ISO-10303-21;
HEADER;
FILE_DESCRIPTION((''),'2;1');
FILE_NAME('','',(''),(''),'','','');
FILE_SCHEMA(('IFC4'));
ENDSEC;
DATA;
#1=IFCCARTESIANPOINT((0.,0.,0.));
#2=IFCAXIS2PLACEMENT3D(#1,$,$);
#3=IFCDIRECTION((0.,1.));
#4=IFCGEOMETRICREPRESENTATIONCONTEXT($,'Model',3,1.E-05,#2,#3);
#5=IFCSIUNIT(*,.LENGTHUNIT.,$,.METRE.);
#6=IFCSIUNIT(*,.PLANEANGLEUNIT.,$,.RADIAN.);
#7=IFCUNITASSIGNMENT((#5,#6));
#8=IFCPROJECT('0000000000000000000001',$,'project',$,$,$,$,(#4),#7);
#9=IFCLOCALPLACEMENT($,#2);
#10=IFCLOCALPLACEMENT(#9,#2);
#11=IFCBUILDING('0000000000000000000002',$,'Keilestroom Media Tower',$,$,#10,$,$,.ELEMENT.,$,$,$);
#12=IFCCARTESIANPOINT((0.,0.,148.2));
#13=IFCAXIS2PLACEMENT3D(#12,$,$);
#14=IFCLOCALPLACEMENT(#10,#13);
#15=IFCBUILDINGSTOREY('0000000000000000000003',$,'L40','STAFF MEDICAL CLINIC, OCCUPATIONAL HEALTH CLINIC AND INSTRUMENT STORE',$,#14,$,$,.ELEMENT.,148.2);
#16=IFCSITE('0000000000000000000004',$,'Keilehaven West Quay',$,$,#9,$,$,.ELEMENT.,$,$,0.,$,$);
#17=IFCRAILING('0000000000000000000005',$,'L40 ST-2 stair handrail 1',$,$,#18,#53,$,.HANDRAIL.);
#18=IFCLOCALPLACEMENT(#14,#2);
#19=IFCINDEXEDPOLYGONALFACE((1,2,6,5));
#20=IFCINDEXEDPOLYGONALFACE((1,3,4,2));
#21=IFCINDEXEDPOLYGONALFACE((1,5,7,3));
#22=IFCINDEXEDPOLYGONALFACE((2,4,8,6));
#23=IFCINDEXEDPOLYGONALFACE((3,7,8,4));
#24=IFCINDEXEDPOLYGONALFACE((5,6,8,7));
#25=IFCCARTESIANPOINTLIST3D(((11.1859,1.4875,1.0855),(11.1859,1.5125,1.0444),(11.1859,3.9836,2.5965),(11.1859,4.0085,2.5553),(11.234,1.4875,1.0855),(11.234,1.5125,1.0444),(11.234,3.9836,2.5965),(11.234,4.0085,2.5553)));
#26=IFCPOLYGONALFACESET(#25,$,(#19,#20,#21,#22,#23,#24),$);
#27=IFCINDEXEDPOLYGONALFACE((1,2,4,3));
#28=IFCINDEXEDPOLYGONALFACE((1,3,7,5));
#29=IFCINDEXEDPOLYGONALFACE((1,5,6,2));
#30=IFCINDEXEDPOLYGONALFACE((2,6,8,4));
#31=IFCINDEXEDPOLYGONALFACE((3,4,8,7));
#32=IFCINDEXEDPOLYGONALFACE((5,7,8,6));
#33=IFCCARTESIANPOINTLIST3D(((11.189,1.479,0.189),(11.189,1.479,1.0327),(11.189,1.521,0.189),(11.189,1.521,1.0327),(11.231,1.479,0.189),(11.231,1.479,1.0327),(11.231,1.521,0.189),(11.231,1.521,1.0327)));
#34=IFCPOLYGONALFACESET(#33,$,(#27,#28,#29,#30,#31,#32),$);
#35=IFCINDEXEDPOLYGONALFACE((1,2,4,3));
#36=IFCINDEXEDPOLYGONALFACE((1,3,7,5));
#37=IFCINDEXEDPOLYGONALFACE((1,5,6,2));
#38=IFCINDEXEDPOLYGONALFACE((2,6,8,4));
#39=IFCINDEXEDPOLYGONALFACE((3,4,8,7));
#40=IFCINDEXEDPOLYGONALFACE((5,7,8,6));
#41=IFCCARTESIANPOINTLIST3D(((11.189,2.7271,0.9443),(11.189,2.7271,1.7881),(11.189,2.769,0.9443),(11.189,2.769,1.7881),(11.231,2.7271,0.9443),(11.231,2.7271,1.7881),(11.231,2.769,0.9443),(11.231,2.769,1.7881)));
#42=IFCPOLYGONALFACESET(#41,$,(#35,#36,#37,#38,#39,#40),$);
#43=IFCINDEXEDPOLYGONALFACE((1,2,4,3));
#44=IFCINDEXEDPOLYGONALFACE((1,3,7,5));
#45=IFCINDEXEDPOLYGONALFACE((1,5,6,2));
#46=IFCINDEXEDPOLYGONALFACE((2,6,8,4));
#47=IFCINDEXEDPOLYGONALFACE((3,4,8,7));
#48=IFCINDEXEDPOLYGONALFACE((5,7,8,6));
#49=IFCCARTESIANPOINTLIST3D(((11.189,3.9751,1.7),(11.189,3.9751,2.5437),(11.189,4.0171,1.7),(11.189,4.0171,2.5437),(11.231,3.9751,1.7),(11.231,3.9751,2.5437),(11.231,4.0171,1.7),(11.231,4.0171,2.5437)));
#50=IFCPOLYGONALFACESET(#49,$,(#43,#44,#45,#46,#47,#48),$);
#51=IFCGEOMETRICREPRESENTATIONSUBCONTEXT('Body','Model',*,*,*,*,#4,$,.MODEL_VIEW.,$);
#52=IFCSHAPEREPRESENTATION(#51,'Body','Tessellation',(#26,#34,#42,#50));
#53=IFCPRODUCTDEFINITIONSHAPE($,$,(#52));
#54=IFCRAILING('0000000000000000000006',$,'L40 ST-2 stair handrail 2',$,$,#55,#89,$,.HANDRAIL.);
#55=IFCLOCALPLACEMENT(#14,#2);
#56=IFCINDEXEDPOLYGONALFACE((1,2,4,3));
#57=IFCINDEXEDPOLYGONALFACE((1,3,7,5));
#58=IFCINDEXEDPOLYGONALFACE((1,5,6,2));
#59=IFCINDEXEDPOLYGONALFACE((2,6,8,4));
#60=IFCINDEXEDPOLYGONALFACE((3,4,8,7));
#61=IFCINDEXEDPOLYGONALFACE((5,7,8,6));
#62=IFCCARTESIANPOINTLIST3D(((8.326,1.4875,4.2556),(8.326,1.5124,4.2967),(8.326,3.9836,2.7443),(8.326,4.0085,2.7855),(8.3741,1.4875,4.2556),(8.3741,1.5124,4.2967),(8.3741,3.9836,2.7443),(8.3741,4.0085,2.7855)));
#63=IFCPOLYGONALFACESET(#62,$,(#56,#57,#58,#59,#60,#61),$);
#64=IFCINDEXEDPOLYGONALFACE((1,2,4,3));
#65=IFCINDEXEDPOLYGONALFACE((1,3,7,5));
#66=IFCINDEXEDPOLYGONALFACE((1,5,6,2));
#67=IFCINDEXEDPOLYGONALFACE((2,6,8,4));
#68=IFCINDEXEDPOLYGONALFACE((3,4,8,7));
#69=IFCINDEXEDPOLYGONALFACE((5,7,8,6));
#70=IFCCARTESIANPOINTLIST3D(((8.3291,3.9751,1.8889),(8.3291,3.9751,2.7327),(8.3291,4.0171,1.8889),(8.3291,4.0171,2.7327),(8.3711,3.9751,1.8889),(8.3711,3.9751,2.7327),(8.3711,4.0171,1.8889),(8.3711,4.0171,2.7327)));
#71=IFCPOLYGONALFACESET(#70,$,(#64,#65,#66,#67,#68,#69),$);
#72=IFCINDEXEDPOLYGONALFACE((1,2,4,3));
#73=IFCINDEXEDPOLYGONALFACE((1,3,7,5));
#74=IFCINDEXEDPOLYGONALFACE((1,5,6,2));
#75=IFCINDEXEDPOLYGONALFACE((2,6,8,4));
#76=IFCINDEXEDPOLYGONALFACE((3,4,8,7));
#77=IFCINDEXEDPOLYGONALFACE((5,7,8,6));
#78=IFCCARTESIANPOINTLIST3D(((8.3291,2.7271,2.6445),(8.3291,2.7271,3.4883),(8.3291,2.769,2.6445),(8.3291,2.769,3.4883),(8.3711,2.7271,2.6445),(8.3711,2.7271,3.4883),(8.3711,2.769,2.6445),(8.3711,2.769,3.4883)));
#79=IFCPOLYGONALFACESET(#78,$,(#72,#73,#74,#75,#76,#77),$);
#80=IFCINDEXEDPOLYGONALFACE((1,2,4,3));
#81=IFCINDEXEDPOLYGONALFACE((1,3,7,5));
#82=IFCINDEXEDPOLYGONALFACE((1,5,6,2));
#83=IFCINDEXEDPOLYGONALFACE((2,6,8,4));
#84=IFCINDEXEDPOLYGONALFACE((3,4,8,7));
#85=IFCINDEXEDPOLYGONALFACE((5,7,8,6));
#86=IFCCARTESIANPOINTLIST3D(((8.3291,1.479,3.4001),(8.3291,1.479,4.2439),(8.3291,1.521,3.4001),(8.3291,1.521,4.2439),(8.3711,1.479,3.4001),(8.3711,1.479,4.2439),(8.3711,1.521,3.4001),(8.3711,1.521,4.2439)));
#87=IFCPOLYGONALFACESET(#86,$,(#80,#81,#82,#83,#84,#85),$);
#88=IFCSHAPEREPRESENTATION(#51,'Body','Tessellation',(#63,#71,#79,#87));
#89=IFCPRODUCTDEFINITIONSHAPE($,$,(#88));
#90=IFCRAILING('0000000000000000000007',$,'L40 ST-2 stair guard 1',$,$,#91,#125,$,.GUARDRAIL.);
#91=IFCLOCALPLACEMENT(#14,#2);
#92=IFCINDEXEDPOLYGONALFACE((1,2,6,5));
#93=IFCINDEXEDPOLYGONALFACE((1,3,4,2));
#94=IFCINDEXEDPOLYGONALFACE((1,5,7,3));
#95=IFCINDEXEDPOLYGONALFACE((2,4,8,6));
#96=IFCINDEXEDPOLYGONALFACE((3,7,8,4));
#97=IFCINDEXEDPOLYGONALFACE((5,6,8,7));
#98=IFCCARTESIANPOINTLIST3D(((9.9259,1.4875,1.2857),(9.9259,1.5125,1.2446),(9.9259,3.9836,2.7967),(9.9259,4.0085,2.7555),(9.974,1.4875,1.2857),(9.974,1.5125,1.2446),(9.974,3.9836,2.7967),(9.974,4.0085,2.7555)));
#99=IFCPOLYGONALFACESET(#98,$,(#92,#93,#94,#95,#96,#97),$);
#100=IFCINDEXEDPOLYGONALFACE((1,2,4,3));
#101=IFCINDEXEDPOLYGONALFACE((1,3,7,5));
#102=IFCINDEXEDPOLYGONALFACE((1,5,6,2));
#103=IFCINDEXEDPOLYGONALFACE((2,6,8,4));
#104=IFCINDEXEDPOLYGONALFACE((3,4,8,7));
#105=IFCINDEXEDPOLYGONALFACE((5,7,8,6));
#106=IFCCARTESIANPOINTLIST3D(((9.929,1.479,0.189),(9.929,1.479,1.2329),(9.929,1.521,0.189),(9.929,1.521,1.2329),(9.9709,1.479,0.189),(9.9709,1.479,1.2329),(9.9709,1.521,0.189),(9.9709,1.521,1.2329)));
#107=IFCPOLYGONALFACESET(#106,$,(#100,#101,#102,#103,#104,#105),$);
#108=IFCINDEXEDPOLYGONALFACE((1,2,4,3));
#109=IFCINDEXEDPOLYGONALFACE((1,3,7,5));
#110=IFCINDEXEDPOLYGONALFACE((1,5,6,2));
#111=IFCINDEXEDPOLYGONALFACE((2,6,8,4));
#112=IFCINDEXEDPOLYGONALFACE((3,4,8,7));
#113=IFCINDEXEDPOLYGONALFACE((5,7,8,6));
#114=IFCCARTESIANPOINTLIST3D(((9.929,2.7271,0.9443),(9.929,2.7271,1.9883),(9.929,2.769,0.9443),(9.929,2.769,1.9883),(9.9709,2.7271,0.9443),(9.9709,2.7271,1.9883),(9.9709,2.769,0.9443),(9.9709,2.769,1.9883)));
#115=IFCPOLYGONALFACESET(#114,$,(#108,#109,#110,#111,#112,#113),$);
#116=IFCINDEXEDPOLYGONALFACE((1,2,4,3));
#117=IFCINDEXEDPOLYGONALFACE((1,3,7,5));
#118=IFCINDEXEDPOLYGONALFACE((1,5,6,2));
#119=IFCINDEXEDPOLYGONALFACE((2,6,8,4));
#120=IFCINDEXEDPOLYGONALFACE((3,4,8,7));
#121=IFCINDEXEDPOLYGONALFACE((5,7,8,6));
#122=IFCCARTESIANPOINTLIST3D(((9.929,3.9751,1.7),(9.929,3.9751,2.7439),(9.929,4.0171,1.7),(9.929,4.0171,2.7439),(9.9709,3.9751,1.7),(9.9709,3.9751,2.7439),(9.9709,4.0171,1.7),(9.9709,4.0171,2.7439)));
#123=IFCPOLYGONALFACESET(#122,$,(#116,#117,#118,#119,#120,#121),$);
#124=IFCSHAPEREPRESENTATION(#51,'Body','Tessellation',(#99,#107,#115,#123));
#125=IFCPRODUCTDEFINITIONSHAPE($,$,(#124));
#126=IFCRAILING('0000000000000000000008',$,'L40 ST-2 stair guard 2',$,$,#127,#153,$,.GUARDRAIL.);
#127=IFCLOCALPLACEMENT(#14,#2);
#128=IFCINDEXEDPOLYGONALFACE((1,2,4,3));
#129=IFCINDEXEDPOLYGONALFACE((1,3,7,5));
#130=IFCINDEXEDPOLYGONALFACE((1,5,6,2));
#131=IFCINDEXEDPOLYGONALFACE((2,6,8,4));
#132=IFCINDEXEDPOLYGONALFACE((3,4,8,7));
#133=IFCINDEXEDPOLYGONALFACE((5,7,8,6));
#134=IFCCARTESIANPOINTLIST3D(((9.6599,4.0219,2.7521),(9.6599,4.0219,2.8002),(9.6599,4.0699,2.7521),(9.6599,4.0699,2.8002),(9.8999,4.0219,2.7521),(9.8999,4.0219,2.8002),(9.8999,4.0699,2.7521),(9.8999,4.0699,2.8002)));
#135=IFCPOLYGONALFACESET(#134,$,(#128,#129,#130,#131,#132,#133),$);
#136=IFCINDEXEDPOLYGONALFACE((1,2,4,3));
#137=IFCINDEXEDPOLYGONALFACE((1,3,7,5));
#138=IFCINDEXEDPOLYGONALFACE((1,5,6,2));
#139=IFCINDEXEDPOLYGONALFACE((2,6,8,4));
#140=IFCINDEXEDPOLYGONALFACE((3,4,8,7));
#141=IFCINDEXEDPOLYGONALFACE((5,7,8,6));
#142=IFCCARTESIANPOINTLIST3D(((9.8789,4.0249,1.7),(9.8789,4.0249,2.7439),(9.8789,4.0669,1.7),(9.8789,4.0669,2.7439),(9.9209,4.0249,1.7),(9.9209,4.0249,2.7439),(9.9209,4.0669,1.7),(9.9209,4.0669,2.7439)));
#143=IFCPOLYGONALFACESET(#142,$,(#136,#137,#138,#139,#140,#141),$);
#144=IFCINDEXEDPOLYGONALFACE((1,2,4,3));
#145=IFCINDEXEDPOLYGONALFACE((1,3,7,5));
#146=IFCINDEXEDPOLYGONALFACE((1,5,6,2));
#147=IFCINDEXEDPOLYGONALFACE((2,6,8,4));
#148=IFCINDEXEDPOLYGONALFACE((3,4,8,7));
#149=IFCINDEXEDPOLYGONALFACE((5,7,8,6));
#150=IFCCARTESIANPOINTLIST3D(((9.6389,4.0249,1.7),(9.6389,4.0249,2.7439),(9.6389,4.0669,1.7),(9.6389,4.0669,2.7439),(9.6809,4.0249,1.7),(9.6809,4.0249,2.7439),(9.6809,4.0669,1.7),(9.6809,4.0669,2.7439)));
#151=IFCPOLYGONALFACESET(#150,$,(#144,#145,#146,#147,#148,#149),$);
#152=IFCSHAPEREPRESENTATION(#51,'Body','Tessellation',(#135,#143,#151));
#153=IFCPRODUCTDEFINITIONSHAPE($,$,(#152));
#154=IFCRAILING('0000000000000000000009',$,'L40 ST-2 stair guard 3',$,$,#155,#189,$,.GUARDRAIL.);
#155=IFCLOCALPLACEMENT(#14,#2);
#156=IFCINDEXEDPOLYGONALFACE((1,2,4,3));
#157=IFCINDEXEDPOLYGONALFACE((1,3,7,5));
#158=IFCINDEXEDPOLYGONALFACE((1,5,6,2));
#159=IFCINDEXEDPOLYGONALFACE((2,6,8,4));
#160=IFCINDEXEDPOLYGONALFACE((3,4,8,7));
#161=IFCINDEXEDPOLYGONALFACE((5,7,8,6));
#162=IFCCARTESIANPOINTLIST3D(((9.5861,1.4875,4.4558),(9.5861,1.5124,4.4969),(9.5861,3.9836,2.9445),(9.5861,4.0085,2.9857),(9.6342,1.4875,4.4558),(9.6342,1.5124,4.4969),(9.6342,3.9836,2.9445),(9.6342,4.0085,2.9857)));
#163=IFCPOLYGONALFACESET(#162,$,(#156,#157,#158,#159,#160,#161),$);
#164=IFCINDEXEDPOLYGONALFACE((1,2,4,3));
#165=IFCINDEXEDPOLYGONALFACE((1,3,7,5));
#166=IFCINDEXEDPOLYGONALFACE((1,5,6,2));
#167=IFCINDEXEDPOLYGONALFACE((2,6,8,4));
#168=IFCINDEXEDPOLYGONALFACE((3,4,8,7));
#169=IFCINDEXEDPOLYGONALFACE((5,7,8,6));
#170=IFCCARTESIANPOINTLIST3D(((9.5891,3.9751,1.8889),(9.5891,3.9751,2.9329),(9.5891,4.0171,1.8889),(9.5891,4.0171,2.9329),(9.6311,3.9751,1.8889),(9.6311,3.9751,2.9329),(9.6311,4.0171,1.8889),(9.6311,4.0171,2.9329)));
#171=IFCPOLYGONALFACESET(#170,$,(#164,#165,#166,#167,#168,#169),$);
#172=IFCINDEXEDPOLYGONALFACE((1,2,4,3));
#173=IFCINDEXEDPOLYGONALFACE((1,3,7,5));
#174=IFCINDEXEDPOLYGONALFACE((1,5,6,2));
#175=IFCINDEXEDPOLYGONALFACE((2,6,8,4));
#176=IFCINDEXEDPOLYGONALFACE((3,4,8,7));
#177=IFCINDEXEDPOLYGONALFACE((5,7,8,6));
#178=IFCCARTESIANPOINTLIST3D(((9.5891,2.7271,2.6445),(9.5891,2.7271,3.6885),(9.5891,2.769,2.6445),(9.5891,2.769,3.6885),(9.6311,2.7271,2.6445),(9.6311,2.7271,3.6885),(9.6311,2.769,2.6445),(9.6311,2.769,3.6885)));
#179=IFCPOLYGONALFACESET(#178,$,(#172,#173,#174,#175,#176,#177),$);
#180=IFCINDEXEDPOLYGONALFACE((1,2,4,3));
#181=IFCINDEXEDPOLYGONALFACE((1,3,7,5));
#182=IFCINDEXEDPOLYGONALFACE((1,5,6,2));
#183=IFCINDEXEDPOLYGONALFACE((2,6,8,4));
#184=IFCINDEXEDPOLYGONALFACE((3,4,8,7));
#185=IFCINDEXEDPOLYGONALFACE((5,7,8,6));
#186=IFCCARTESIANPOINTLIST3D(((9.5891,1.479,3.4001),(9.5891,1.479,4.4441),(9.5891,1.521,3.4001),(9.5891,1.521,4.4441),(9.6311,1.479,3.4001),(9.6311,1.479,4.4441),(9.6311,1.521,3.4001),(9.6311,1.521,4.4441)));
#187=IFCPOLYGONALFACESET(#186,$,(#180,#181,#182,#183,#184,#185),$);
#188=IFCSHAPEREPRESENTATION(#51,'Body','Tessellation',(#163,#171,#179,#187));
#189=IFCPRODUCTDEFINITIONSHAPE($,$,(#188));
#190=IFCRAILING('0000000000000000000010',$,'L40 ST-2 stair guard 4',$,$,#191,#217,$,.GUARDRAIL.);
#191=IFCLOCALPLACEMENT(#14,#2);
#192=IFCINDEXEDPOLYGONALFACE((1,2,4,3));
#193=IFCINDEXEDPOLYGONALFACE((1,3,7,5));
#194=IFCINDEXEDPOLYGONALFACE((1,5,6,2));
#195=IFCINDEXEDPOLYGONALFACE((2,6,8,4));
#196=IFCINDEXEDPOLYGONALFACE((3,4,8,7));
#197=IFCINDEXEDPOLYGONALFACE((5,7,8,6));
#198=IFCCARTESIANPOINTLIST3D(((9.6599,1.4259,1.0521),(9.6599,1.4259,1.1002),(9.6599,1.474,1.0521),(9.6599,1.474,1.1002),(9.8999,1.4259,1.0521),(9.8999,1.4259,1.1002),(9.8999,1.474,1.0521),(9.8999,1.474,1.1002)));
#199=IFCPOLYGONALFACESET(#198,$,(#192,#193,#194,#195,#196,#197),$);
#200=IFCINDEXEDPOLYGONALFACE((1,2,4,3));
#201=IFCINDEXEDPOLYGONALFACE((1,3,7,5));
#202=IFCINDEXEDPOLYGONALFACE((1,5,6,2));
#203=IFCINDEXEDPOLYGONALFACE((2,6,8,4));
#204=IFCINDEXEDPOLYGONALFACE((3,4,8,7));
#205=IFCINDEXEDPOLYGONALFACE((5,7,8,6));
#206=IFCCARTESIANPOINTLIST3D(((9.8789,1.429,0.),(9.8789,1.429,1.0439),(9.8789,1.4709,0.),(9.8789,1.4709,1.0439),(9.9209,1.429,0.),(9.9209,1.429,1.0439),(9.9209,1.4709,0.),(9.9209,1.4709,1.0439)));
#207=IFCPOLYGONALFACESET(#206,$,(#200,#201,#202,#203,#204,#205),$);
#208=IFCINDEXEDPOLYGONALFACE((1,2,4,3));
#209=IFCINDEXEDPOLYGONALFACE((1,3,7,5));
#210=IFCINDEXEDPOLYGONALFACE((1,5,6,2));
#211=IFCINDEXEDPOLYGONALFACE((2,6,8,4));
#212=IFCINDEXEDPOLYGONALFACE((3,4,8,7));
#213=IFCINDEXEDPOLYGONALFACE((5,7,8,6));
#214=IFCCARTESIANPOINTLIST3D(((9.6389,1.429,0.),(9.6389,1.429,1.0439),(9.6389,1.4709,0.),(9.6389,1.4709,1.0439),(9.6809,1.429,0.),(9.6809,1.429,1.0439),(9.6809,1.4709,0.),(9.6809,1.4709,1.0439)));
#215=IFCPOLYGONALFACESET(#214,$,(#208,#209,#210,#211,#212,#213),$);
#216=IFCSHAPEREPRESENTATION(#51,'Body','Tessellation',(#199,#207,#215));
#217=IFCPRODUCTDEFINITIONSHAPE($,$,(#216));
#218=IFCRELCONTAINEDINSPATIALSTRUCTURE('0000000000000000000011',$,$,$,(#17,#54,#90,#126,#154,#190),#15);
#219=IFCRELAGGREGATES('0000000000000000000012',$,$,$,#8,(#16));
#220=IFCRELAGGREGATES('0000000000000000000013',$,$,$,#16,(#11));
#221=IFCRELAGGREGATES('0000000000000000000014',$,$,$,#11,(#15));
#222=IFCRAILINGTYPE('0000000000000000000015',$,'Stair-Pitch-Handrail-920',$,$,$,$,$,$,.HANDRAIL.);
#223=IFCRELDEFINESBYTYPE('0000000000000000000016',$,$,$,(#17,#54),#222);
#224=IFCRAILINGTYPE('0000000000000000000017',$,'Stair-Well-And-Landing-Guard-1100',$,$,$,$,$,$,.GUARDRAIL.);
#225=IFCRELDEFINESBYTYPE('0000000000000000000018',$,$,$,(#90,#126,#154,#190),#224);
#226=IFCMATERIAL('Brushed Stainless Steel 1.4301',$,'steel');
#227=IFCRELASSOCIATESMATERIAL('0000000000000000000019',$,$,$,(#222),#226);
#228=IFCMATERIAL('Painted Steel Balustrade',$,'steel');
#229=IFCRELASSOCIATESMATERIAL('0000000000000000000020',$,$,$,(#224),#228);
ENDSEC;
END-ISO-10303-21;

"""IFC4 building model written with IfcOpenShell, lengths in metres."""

from ifc_helpers import new_model, si_unit, direction, frame, origin, origin_2d, place, context, subcontext, project, spatial, rectangle, extrude, material, type_object, element, save


model = new_model("IFC4")

# Units and contexts
model_context = context("Model", 3, precision=1e-05, world=origin(), true_north=direction((0.0, 1.0)))
body_context = subcontext(model_context, "Body", "Model", "MODEL_VIEW")
ifc_project = project(units=[si_unit("LENGTHUNIT", "METRE"), si_unit("PLANEANGLEUNIT", "RADIAN")], contexts=[model_context])

# Site, building, storey
site_placement = place(None, origin())
site = spatial("IfcSite", under=ifc_project, at=site_placement, Name="Keilehaven West Quay", CompositionType="ELEMENT", RefElevation=0.0)
building_placement = place(site_placement, origin())
building = spatial("IfcBuilding", under=site, at=building_placement, Name="Keilestroom Media Tower", CompositionType="ELEMENT")
storey_placement = place(building_placement, frame((0.0, 0.0, 148.2)))
storey = spatial("IfcBuildingStorey", under=building, at=storey_placement, Name="L40", Description="STAFF MEDICAL CLINIC, OCCUPATIONAL HEALTH CLINIC AND INSTRUMENT STORE", CompositionType="ELEMENT", Elevation=148.2)

# Railings
ifc_material_1 = material(Name="Brushed Stainless Steel 1.4301", Category="steel")
railing_type_1 = type_object("IfcRailingType", Name="Stair-Pitch-Handrail-920", PredefinedType="HANDRAIL", material=ifc_material_1)
railing_1_placement = place(storey_placement, frame((11.21, 1.5, 0.189)))
element("IfcRailing", 1, at=railing_1_placement, inside=storey, type_object=railing_type_1, Name="L40 ST-2 stair handrail 1", PredefinedType="HANDRAIL", context=body_context, shape_type="SweptSolid", body=[
    extrude(rectangle(XDim=0.0481, YDim=0.0481, at=origin_2d()), frame((0.0, 0.0, 0.876), z_axis=(0.0, 0.855471, 0.517851), x_axis=(-1.0, 0.0, 0.0)), (0.0, 0.0, 1.0), 2.9177),
    extrude(rectangle(XDim=0.042, YDim=0.042, at=origin_2d()), origin(), (0.0, 0.0, 1.0), 0.8438),
    extrude(rectangle(XDim=0.042, YDim=0.042, at=origin_2d()), frame((0.0, 1.248, 0.7554)), (0.0, 0.0, 1.0), 0.8438),
    extrude(rectangle(XDim=0.042, YDim=0.042, at=origin_2d()), frame((0.0, 2.4961, 1.511)), (0.0, 0.0, 1.0), 0.8438),
])
railing_2_placement = place(storey_placement, frame((8.3501, 3.9961, 1.8889)))
element("IfcRailing", 2, at=railing_2_placement, inside=storey, type_object=railing_type_1, Name="L40 ST-2 stair handrail 2", PredefinedType="HANDRAIL", context=body_context, shape_type="SweptSolid", body=[
    extrude(rectangle(XDim=0.0481, YDim=0.0481, at=origin_2d()), frame((0.0, 0.0, 0.876), z_axis=(0.0, -0.855434, 0.517912), x_axis=(1.0, 0.0, 0.0)), (0.0, 0.0, 1.0), 2.918),
    extrude(rectangle(XDim=0.042, YDim=0.042, at=origin_2d()), origin(), (0.0, 0.0, 1.0), 0.8438),
    extrude(rectangle(XDim=0.042, YDim=0.042, at=origin_2d()), frame((0.0, -1.248, 0.7556)), (0.0, 0.0, 1.0), 0.8438),
    extrude(rectangle(XDim=0.042, YDim=0.042, at=origin_2d()), frame((0.0, -2.4961, 1.5112)), (0.0, 0.0, 1.0), 0.8438),
])
ifc_material_2 = material(Name="Painted Steel Balustrade", Category="steel")
railing_type_2 = type_object("IfcRailingType", Name="Stair-Well-And-Landing-Guard-1100", PredefinedType="GUARDRAIL", material=ifc_material_2)
railing_3_placement = place(storey_placement, frame((9.95, 1.5, 0.189)))
element("IfcRailing", 3, at=railing_3_placement, inside=storey, type_object=railing_type_2, Name="L40 ST-2 stair guard 1", PredefinedType="GUARDRAIL", context=body_context, shape_type="SweptSolid", body=[
    extrude(rectangle(XDim=0.0481, YDim=0.0481, at=origin_2d()), frame((0.0, 0.0, 1.0762), z_axis=(0.0, 0.855471, 0.517851), x_axis=(-1.0, 0.0, 0.0)), (0.0, 0.0, 1.0), 2.9177),
    extrude(rectangle(XDim=0.042, YDim=0.042, at=origin_2d()), origin(), (0.0, 0.0, 1.0), 1.0439),
    extrude(rectangle(XDim=0.042, YDim=0.042, at=origin_2d()), frame((0.0, 1.248, 0.7554)), (0.0, 0.0, 1.0), 1.0439),
    extrude(rectangle(XDim=0.042, YDim=0.042, at=origin_2d()), frame((0.0, 2.4961, 1.511)), (0.0, 0.0, 1.0), 1.0439),
])
railing_4_placement = place(storey_placement, frame((9.8999, 4.0459, 1.7)))
element("IfcRailing", 4, at=railing_4_placement, inside=storey, type_object=railing_type_2, Name="L40 ST-2 stair guard 2", PredefinedType="GUARDRAIL", context=body_context, shape_type="SweptSolid", body=[
    extrude(rectangle(XDim=0.0481, YDim=0.0481, at=origin_2d()), frame((0.0, 0.0, 1.0762), z_axis=(-1.0, 0.0, 0.0), x_axis=(0.0, -1.0, 0.0)), (0.0, 0.0, 1.0), 0.24),
    extrude(rectangle(XDim=0.042, YDim=0.042, at=origin_2d()), origin(), (0.0, 0.0, 1.0), 1.0439),
    extrude(rectangle(XDim=0.042, YDim=0.042, at=origin_2d()), frame((-0.24, 0.0, 0.0)), (0.0, 0.0, 1.0), 1.0439),
])
railing_5_placement = place(storey_placement, frame((9.6101, 3.9961, 1.8889)))
element("IfcRailing", 5, at=railing_5_placement, inside=storey, type_object=railing_type_2, Name="L40 ST-2 stair guard 3", PredefinedType="GUARDRAIL", context=body_context, shape_type="SweptSolid", body=[
    extrude(rectangle(XDim=0.0481, YDim=0.0481, at=origin_2d()), frame((0.0, 0.0, 1.0762), z_axis=(0.0, -0.855434, 0.517912), x_axis=(1.0, 0.0, 0.0)), (0.0, 0.0, 1.0), 2.918),
    extrude(rectangle(XDim=0.042, YDim=0.042, at=origin_2d()), origin(), (0.0, 0.0, 1.0), 1.0439),
    extrude(rectangle(XDim=0.042, YDim=0.042, at=origin_2d()), frame((0.0, -1.248, 0.7556)), (0.0, 0.0, 1.0), 1.0439),
    extrude(rectangle(XDim=0.042, YDim=0.042, at=origin_2d()), frame((0.0, -2.4961, 1.5112)), (0.0, 0.0, 1.0), 1.0439),
])
railing_6_placement = place(storey_placement, frame((9.8999, 1.45, 0.0)))
element("IfcRailing", 6, at=railing_6_placement, inside=storey, type_object=railing_type_2, Name="L40 ST-2 stair guard 4", PredefinedType="GUARDRAIL", context=body_context, shape_type="SweptSolid", body=[
    extrude(rectangle(XDim=0.0481, YDim=0.0481, at=origin_2d()), frame((0.0, 0.0, 1.0762), z_axis=(-1.0, 0.0, 0.0), x_axis=(0.0, -1.0, 0.0)), (0.0, 0.0, 1.0), 0.24),
    extrude(rectangle(XDim=0.042, YDim=0.042, at=origin_2d()), origin(), (0.0, 0.0, 1.0), 1.0439),
    extrude(rectangle(XDim=0.042, YDim=0.042, at=origin_2d()), frame((-0.24, 0.0, 0.0)), (0.0, 0.0, 1.0), 1.0439),
])

save(model, "model.ifc")
